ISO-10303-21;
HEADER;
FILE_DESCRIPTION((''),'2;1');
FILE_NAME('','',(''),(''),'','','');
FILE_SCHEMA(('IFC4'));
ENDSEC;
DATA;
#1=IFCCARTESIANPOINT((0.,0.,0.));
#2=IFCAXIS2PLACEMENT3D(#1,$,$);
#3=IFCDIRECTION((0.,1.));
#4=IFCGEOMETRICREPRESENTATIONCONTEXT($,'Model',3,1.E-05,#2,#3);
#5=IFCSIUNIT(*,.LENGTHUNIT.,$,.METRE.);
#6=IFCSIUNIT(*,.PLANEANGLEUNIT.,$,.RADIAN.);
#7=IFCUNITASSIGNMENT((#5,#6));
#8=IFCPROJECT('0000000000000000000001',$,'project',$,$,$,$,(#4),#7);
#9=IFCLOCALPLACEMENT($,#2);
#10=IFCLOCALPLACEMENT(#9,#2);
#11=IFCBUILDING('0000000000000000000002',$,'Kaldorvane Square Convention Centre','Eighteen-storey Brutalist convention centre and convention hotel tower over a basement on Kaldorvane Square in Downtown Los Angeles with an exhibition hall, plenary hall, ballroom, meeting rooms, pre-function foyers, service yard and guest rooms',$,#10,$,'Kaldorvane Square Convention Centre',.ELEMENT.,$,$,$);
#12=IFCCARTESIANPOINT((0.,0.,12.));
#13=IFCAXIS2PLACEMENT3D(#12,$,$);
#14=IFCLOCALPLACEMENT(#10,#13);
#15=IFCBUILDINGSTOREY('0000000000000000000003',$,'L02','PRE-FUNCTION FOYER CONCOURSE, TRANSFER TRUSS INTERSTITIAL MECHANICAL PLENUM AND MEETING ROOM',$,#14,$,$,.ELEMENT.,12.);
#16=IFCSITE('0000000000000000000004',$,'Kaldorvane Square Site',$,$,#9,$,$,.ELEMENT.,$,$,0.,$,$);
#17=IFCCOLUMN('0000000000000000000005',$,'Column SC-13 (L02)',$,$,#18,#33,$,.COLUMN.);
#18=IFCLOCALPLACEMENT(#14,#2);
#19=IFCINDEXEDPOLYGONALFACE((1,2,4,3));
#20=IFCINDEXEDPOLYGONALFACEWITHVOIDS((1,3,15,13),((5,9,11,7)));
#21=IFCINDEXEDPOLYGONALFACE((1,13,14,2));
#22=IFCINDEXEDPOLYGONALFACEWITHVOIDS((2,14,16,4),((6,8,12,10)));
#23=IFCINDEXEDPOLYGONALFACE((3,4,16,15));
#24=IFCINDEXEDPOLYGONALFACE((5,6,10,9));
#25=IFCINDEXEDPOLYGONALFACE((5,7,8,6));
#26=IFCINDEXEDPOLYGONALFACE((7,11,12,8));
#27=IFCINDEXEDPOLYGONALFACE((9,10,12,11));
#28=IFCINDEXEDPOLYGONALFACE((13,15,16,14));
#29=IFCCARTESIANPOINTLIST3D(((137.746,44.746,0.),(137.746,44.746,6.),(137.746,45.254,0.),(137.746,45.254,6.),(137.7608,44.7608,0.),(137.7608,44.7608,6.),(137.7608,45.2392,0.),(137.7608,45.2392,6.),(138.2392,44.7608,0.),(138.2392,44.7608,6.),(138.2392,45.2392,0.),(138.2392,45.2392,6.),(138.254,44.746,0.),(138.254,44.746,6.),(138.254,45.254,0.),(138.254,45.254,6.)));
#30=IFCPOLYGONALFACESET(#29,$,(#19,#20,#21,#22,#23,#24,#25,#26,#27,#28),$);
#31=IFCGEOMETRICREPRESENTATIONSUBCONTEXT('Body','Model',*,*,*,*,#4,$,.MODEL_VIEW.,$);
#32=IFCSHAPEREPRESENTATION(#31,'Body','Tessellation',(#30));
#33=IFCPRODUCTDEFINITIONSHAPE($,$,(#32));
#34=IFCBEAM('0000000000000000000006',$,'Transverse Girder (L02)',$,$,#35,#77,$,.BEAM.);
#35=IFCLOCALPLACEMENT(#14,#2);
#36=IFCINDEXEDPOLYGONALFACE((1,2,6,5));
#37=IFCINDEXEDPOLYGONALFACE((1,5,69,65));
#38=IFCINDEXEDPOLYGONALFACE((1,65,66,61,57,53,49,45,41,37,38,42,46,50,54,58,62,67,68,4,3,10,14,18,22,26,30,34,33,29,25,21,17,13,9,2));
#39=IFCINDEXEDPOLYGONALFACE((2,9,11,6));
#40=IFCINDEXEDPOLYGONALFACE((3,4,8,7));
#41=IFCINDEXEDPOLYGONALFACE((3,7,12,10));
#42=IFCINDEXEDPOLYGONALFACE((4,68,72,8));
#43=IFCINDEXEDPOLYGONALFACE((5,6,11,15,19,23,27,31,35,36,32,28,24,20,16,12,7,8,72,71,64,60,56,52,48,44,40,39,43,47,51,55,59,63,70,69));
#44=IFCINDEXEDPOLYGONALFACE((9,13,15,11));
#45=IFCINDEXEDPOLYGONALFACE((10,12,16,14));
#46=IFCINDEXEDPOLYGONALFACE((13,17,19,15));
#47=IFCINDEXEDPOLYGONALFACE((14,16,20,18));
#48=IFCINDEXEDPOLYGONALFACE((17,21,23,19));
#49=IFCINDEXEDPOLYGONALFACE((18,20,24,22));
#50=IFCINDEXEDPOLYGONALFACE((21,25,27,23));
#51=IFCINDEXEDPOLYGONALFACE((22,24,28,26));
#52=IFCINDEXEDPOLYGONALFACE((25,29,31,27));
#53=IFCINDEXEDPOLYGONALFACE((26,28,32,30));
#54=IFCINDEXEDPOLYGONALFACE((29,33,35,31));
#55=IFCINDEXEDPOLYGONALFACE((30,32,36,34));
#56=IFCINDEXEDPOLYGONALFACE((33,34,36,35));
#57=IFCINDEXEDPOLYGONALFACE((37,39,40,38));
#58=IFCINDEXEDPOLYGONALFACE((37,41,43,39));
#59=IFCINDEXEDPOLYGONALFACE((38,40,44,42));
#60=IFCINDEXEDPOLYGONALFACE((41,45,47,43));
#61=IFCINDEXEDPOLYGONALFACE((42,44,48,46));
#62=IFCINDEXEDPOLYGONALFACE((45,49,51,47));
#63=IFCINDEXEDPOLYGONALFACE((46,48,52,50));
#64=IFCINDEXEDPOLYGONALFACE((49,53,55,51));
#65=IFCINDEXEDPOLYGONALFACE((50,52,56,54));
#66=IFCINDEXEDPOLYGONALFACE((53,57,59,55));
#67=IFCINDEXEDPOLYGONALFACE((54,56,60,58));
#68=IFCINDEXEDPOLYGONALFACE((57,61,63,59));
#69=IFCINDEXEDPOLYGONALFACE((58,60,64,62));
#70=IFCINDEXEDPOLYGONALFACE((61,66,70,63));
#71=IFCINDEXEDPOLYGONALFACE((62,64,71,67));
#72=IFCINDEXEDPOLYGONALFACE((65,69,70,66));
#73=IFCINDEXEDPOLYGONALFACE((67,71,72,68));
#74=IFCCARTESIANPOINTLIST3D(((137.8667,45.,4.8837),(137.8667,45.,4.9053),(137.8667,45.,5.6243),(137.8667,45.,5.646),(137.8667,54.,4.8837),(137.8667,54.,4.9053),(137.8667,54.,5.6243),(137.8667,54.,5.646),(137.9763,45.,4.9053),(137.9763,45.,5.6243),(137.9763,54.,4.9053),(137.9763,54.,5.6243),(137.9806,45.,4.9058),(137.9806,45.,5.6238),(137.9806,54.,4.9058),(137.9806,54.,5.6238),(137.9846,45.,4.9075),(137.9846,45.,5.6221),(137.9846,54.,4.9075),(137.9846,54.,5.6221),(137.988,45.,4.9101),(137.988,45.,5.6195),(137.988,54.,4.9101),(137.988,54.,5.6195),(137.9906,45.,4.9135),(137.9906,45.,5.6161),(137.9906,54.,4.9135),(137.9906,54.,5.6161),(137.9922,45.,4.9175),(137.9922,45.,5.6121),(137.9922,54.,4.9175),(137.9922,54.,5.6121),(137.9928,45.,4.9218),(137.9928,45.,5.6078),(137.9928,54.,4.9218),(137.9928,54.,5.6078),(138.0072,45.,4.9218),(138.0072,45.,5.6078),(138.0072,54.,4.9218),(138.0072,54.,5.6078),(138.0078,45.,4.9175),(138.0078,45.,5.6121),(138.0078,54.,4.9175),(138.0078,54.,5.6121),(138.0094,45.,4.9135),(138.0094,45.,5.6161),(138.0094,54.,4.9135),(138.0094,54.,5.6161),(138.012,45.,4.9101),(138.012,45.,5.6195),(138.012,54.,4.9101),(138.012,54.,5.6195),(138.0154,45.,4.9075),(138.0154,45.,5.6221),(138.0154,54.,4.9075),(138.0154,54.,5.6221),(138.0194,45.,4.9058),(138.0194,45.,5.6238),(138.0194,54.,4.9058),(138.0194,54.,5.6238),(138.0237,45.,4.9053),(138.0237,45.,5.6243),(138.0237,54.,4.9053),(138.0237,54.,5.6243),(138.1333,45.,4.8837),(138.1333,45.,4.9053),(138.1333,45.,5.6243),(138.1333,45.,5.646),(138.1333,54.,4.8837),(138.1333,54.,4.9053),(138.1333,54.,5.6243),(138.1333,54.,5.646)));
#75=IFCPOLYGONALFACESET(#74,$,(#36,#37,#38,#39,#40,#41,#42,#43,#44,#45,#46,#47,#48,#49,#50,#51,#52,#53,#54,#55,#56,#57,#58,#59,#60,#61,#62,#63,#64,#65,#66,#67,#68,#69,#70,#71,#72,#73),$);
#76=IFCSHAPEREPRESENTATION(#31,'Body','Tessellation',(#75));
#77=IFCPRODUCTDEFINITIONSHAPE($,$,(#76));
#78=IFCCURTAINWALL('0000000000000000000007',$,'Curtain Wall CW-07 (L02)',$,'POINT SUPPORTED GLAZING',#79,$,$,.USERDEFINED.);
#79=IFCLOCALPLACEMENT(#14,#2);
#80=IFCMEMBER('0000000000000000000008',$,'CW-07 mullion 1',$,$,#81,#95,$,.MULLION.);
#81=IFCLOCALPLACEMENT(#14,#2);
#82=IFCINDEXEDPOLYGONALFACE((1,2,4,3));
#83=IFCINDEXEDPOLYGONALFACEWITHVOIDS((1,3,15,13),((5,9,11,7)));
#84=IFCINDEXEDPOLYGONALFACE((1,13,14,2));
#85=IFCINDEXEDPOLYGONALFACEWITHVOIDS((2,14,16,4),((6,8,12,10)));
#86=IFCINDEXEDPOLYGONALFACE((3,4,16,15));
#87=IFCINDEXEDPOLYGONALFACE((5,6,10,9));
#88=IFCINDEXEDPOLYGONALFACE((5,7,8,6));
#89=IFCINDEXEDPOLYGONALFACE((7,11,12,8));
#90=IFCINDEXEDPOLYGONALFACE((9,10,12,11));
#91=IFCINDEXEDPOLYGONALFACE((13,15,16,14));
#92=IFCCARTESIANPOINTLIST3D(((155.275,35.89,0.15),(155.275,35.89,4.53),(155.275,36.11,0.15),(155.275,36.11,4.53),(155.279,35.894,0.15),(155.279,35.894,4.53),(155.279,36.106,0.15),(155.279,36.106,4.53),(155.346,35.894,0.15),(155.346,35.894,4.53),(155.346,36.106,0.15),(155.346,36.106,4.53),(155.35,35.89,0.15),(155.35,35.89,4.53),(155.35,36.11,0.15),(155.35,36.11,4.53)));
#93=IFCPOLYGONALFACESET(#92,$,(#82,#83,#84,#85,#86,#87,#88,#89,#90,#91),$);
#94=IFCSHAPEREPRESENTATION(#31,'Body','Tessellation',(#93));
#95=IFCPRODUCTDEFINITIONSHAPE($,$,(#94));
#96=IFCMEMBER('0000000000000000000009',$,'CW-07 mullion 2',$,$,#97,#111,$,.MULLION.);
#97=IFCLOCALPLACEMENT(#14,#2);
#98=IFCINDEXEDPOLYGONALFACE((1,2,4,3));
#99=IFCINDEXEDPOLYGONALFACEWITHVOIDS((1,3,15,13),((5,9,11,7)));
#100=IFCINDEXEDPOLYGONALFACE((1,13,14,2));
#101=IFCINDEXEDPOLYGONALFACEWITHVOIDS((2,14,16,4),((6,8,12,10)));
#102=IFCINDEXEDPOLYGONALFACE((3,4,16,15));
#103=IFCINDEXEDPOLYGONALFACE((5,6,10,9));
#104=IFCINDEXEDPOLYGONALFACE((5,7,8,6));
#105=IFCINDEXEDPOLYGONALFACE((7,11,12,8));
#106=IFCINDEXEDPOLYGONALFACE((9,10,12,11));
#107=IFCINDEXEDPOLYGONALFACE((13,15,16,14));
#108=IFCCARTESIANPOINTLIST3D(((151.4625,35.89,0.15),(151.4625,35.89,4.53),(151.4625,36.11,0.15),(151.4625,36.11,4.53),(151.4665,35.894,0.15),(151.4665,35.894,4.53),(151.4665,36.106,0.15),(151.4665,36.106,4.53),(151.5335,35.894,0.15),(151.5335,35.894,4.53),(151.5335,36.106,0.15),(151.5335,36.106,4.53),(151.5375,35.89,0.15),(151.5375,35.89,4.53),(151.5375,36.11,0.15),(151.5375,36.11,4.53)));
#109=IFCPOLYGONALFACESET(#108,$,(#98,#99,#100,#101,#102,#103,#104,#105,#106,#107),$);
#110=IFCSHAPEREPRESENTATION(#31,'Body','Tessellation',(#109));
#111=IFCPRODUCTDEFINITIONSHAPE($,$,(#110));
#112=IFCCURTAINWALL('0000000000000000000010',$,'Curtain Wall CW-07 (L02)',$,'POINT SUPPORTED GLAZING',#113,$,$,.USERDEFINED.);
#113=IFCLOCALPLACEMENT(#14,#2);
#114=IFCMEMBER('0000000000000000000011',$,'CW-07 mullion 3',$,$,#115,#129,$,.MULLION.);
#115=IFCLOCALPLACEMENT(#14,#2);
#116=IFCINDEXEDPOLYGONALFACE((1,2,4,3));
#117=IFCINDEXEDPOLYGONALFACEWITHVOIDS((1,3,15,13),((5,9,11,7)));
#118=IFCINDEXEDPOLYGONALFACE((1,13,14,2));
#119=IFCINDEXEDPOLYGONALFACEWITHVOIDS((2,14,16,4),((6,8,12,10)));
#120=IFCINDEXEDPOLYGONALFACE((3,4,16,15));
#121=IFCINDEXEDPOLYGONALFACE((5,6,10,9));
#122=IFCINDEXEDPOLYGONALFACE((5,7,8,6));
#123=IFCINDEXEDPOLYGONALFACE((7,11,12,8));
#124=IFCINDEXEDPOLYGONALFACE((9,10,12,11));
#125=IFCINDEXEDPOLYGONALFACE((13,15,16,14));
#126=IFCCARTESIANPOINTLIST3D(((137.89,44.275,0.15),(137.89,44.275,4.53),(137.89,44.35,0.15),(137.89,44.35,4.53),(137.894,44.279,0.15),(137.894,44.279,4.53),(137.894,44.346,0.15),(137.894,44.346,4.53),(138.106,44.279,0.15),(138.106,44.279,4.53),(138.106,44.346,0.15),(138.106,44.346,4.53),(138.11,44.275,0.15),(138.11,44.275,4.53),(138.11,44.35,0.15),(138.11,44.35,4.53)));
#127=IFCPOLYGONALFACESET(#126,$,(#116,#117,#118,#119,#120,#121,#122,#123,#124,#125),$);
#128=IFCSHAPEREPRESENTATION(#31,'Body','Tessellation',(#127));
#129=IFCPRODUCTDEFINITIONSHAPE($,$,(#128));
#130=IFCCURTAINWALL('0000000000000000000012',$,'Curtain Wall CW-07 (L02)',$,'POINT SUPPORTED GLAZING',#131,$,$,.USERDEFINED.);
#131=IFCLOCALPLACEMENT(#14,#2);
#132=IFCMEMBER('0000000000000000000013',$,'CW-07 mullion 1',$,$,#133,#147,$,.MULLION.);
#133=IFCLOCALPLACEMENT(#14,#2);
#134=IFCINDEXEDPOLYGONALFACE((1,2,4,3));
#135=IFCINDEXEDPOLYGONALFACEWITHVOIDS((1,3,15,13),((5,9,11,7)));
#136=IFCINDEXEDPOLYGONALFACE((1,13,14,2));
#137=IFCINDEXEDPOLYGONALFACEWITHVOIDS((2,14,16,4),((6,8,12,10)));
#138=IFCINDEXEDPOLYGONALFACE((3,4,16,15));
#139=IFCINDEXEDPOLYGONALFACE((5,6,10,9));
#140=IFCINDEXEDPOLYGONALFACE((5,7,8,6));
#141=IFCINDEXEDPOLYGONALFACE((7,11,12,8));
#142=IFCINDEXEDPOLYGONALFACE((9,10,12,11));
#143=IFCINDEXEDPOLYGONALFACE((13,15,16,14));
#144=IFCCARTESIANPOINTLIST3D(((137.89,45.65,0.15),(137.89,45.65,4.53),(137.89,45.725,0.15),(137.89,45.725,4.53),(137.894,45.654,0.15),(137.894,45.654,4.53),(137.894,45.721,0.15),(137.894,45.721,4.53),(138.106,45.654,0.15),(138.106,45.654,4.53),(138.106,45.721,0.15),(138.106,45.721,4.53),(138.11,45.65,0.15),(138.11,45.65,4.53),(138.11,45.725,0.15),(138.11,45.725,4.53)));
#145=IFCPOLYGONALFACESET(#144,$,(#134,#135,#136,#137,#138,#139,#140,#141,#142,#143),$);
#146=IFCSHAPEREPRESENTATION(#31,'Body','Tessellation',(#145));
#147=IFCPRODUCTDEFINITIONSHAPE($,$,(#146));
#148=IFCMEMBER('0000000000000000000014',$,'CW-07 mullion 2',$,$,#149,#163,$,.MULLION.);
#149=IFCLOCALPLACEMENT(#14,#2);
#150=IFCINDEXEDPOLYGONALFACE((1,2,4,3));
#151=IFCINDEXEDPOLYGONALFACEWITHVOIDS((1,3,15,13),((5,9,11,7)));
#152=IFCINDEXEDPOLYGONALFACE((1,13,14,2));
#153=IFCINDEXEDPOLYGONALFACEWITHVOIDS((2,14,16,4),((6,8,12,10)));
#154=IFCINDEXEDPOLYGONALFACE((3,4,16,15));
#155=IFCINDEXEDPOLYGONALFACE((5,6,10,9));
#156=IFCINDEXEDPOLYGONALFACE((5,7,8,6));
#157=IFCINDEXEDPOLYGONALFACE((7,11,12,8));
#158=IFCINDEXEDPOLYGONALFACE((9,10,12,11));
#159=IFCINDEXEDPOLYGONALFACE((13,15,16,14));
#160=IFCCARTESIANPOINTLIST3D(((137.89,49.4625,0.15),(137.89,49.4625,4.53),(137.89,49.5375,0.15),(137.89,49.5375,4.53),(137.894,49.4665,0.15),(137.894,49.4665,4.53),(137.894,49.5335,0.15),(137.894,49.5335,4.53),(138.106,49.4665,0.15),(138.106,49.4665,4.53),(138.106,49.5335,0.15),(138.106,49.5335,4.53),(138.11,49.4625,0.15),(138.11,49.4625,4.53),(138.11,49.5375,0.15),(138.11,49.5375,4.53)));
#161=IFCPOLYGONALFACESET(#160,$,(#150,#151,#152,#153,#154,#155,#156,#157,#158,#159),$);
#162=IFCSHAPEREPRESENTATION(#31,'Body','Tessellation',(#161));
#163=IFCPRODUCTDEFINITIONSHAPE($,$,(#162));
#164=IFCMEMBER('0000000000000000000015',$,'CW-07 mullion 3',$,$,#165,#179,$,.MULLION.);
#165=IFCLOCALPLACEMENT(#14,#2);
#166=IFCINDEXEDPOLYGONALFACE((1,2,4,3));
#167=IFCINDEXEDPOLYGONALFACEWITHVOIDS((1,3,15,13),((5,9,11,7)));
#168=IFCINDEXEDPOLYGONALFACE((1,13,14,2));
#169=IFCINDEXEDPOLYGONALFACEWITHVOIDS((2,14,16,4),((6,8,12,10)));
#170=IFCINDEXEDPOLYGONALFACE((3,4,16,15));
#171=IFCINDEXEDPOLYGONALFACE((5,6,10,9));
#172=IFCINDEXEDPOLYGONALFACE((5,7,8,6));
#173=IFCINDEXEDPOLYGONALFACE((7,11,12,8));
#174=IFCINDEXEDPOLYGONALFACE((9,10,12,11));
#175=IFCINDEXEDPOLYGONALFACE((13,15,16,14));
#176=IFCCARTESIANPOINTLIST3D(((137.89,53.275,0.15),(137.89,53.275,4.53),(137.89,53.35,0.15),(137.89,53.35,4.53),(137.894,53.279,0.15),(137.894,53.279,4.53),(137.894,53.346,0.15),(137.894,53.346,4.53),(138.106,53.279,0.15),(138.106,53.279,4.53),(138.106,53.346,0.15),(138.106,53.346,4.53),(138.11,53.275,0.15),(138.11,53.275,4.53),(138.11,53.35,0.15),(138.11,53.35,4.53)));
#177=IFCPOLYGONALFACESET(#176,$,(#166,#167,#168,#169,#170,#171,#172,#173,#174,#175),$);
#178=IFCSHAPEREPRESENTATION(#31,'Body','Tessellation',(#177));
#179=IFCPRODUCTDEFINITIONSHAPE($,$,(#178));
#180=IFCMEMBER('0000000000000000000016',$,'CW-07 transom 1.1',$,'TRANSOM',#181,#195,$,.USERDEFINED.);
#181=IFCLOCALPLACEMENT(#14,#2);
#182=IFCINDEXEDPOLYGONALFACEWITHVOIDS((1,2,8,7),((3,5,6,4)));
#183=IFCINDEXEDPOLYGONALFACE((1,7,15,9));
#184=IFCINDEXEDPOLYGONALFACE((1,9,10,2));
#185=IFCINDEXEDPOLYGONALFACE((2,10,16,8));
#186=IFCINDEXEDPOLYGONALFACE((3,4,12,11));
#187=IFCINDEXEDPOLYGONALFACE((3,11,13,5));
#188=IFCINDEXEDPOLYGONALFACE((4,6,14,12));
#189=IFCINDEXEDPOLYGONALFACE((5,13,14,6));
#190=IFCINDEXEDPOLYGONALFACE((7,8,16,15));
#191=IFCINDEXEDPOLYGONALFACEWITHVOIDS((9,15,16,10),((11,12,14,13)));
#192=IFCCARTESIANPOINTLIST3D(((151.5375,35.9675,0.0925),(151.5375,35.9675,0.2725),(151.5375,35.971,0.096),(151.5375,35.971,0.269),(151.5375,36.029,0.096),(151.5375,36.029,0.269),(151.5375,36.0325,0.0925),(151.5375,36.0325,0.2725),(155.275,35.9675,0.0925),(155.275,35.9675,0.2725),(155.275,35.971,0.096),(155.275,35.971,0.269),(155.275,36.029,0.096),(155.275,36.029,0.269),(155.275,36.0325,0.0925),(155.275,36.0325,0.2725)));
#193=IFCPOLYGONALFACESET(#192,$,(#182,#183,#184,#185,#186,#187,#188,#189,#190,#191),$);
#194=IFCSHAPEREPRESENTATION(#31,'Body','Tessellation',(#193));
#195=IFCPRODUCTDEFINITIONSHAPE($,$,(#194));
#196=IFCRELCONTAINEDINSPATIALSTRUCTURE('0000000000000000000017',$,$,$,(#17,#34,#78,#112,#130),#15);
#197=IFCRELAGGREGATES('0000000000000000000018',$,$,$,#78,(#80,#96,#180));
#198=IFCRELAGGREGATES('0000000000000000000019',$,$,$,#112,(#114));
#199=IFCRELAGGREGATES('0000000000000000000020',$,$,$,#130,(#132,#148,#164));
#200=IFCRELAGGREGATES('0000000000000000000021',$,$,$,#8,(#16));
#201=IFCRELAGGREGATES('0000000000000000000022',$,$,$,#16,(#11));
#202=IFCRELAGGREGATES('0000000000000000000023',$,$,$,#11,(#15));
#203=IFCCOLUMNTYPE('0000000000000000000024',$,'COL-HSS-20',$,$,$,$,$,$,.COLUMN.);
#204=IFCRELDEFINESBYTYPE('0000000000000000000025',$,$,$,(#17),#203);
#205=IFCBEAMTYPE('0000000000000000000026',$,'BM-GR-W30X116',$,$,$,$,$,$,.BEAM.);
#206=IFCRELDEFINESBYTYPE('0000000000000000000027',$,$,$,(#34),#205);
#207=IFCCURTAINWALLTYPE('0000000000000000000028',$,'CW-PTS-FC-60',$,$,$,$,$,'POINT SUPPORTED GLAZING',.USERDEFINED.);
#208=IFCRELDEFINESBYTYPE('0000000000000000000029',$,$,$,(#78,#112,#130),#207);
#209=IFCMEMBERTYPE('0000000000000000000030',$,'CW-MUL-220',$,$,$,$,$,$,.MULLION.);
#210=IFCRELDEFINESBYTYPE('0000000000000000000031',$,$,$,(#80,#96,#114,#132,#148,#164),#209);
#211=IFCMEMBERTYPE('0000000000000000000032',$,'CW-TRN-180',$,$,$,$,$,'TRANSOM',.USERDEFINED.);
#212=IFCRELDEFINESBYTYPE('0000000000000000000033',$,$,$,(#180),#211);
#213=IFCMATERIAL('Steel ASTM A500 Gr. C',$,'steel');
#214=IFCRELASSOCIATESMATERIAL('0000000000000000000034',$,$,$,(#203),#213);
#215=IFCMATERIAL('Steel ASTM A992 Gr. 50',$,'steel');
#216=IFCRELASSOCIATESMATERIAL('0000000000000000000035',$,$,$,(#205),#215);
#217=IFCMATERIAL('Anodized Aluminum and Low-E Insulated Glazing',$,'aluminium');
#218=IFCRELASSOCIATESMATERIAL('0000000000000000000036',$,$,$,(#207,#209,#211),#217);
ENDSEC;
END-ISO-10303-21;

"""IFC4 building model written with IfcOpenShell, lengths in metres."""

from ifc_helpers import new_model, si_unit, direction, frame, origin, origin_2d, place, context, subcontext, project, spatial, hollow_rectangle, i_section, extrude, material, material_profile, profile_set, type_object, element, aggregate, save


model = new_model("IFC4")

# Units and contexts
model_context = context("Model", 3, precision=1e-05, world=origin(), true_north=direction((0.0, 1.0)))
body_context = subcontext(model_context, "Body", "Model", "MODEL_VIEW")
ifc_project = project(units=[si_unit("LENGTHUNIT", "METRE"), si_unit("PLANEANGLEUNIT", "RADIAN")], contexts=[model_context])

# Site, building, storey
site_placement = place(None, origin())
site = spatial("IfcSite", under=ifc_project, at=site_placement, Name="Kaldorvane Square Site", CompositionType="ELEMENT", RefElevation=0.0)
building_placement = place(site_placement, origin())
building = spatial("IfcBuilding", under=site, at=building_placement, Name="Kaldorvane Square Convention Centre", Description="Eighteen-storey Brutalist convention centre and convention hotel tower over a basement on Kaldorvane Square in Downtown Los Angeles with an exhibition hall, plenary hall, ballroom, meeting rooms, pre-function foyers, service yard and guest rooms", LongName="Kaldorvane Square Convention Centre", CompositionType="ELEMENT")
storey_placement = place(building_placement, frame((0.0, 0.0, 12.0)))
storey = spatial("IfcBuildingStorey", under=building, at=storey_placement, Name="L02", Description="PRE-FUNCTION FOYER CONCOURSE, TRANSFER TRUSS INTERSTITIAL MECHANICAL PLENUM AND MEETING ROOM", CompositionType="ELEMENT", Elevation=12.0)

# Column
ifc_material_1 = material(Name="Steel ASTM A500 Gr. C", Category="steel")
ifc_material_profile_1 = material_profile(ifc_material_1, hollow_rectangle(XDim=0.508, YDim=0.508, WallThickness=0.0148, at=origin_2d()), Name="HSS20X20X5/8")
ifc_profile_set_1 = profile_set([ifc_material_profile_1], Name="Steel ASTM A500 Gr. C")
column_type = type_object("IfcColumnType", Name="COL-HSS-20", PredefinedType="COLUMN", material=ifc_profile_set_1)
column_placement = place(storey_placement, frame((138.0, 45.0, 0.0), z_axis=(0.0, 0.0, 1.0), x_axis=(1.0, 0.0, 0.0)))
element("IfcColumn", 1, at=column_placement, inside=storey, type_object=column_type, Name="Column SC-13 (L02)", PredefinedType="COLUMN", context=body_context, shape_type="SweptSolid", body=[
    extrude(hollow_rectangle(XDim=0.508, YDim=0.508, WallThickness=0.0148, at=origin_2d()), origin(), (0.0, 0.0, 1.0), 6.0),
])

# Beam
ifc_material_2 = material(Name="Steel ASTM A992 Gr. 50", Category="steel")
ifc_material_profile_2 = material_profile(ifc_material_2, i_section(OverallWidth=0.2666, OverallDepth=0.7623, WebThickness=0.0144, FlangeThickness=0.0216, FilletRadius=0.0165, at=origin_2d()), Name="W30X116")
ifc_profile_set_2 = profile_set([ifc_material_profile_2], Name="Steel ASTM A992 Gr. 50")
beam_type = type_object("IfcBeamType", Name="BM-GR-W30X116", PredefinedType="BEAM", material=ifc_profile_set_2)
beam_placement = place(storey_placement, frame((138.0, 45.0, 5.2648), z_axis=(0.0, 1.0, 0.0), x_axis=(-1.0, 0.0, 0.0)))
element("IfcBeam", 2, at=beam_placement, inside=storey, type_object=beam_type, Name="Transverse Girder (L02)", PredefinedType="BEAM", context=body_context, shape_type="SweptSolid", body=[
    extrude(i_section(OverallWidth=0.2666, OverallDepth=0.7623, WebThickness=0.0144, FlangeThickness=0.0216, FilletRadius=0.0165, at=origin_2d()), origin(), (0.0, 0.0, 1.0), 9.0),
])

# Curtain wall, members
ifc_material_3 = material(Name="Anodized Aluminum and Low-E Insulated Glazing", Category="aluminium")
curtain_wall_type = type_object("IfcCurtainWallType", Name="CW-PTS-FC-60", ElementType="POINT SUPPORTED GLAZING", PredefinedType="USERDEFINED", material=ifc_material_3)
curtain_wall_1_placement = place(storey_placement, origin())
curtain_wall_1 = element("IfcCurtainWall", 3, at=curtain_wall_1_placement, inside=storey, type_object=curtain_wall_type, Name="Curtain Wall CW-07 (L02)", ObjectType="POINT SUPPORTED GLAZING", PredefinedType="USERDEFINED")
ifc_material_profile_3 = material_profile(ifc_material_3, hollow_rectangle(XDim=0.075, YDim=0.22, WallThickness=0.004, at=origin_2d()), Name="CWM-220X75")
ifc_profile_set_3 = profile_set([ifc_material_profile_3], Name="Anodized Aluminum and Low-E Insulated Glazing")
member_type_1 = type_object("IfcMemberType", Name="CW-MUL-220", PredefinedType="MULLION", material=ifc_profile_set_3)
member_1_placement = place(storey_placement, frame((155.3125, 36.0, 0.15), z_axis=(0.0, 0.0, 1.0), x_axis=(-1.0, 0.0, 0.0)))
member_1 = element("IfcMember", 4, at=member_1_placement, type_object=member_type_1, Name="CW-07 mullion 1", PredefinedType="MULLION", context=body_context, shape_type="SweptSolid", body=[
    extrude(hollow_rectangle(XDim=0.075, YDim=0.22, WallThickness=0.004, at=origin_2d()), origin(), (0.0, 0.0, 1.0), 4.38),
])
member_2_placement = place(storey_placement, frame((151.5, 36.0, 0.15), z_axis=(0.0, 0.0, 1.0), x_axis=(-1.0, 0.0, 0.0)))
member_2 = element("IfcMember", 5, at=member_2_placement, type_object=member_type_1, Name="CW-07 mullion 2", PredefinedType="MULLION", context=body_context, shape_type="SweptSolid", body=[
    extrude(hollow_rectangle(XDim=0.075, YDim=0.22, WallThickness=0.004, at=origin_2d()), origin(), (0.0, 0.0, 1.0), 4.38),
])

# Curtain wall, member
curtain_wall_2_placement = place(storey_placement, origin())
curtain_wall_2 = element("IfcCurtainWall", 6, at=curtain_wall_2_placement, inside=storey, type_object=curtain_wall_type, Name="Curtain Wall CW-07 (L02)", ObjectType="POINT SUPPORTED GLAZING", PredefinedType="USERDEFINED")
member_3_placement = place(storey_placement, frame((138.0, 44.3125, 0.15), z_axis=(0.0, 0.0, 1.0), x_axis=(0.0, 1.0, 0.0)))
member_3 = element("IfcMember", 7, at=member_3_placement, type_object=member_type_1, Name="CW-07 mullion 3", PredefinedType="MULLION", context=body_context, shape_type="SweptSolid", body=[
    extrude(hollow_rectangle(XDim=0.075, YDim=0.22, WallThickness=0.004, at=origin_2d()), origin(), (0.0, 0.0, 1.0), 4.38),
])

# Curtain wall, members
curtain_wall_3_placement = place(storey_placement, origin())
curtain_wall_3 = element("IfcCurtainWall", 8, at=curtain_wall_3_placement, inside=storey, type_object=curtain_wall_type, Name="Curtain Wall CW-07 (L02)", ObjectType="POINT SUPPORTED GLAZING", PredefinedType="USERDEFINED")
member_4_placement = place(storey_placement, frame((138.0, 45.6875, 0.15), z_axis=(0.0, 0.0, 1.0), x_axis=(0.0, 1.0, 0.0)))
member_4 = element("IfcMember", 9, at=member_4_placement, type_object=member_type_1, Name="CW-07 mullion 1", PredefinedType="MULLION", context=body_context, shape_type="SweptSolid", body=[
    extrude(hollow_rectangle(XDim=0.075, YDim=0.22, WallThickness=0.004, at=origin_2d()), origin(), (0.0, 0.0, 1.0), 4.38),
])
member_5_placement = place(storey_placement, frame((138.0, 49.5, 0.15), z_axis=(0.0, 0.0, 1.0), x_axis=(0.0, 1.0, 0.0)))
member_5 = element("IfcMember", 10, at=member_5_placement, type_object=member_type_1, Name="CW-07 mullion 2", PredefinedType="MULLION", context=body_context, shape_type="SweptSolid", body=[
    extrude(hollow_rectangle(XDim=0.075, YDim=0.22, WallThickness=0.004, at=origin_2d()), origin(), (0.0, 0.0, 1.0), 4.38),
])
member_6_placement = place(storey_placement, frame((138.0, 53.3125, 0.15), z_axis=(0.0, 0.0, 1.0), x_axis=(0.0, 1.0, 0.0)))
member_6 = element("IfcMember", 11, at=member_6_placement, type_object=member_type_1, Name="CW-07 mullion 3", PredefinedType="MULLION", context=body_context, shape_type="SweptSolid", body=[
    extrude(hollow_rectangle(XDim=0.075, YDim=0.22, WallThickness=0.004, at=origin_2d()), origin(), (0.0, 0.0, 1.0), 4.38),
])

# Member
ifc_material_profile_4 = material_profile(ifc_material_3, hollow_rectangle(XDim=0.065, YDim=0.18, WallThickness=0.0035, at=origin_2d()), Name="CWT-180X65")
ifc_profile_set_4 = profile_set([ifc_material_profile_4], Name="Anodized Aluminum and Low-E Insulated Glazing")
member_type_2 = type_object("IfcMemberType", Name="CW-TRN-180", ElementType="TRANSOM", PredefinedType="USERDEFINED", material=ifc_profile_set_4)
member_7_placement = place(storey_placement, frame((155.275, 36.0, 0.1825), z_axis=(-1.0, 0.0, 0.0), x_axis=(0.0, -1.0, 0.0)))
member_7 = element("IfcMember", 12, at=member_7_placement, type_object=member_type_2, Name="CW-07 transom 1.1", ObjectType="TRANSOM", PredefinedType="USERDEFINED", context=body_context, shape_type="SweptSolid", body=[
    extrude(hollow_rectangle(XDim=0.065, YDim=0.18, WallThickness=0.0035, at=origin_2d()), origin(), (0.0, 0.0, 1.0), 3.7375),
])

aggregate(curtain_wall_1, [member_1, member_2, member_7])
aggregate(curtain_wall_2, [member_3])
aggregate(curtain_wall_3, [member_4, member_5, member_6])

save(model, "model.ifc")
